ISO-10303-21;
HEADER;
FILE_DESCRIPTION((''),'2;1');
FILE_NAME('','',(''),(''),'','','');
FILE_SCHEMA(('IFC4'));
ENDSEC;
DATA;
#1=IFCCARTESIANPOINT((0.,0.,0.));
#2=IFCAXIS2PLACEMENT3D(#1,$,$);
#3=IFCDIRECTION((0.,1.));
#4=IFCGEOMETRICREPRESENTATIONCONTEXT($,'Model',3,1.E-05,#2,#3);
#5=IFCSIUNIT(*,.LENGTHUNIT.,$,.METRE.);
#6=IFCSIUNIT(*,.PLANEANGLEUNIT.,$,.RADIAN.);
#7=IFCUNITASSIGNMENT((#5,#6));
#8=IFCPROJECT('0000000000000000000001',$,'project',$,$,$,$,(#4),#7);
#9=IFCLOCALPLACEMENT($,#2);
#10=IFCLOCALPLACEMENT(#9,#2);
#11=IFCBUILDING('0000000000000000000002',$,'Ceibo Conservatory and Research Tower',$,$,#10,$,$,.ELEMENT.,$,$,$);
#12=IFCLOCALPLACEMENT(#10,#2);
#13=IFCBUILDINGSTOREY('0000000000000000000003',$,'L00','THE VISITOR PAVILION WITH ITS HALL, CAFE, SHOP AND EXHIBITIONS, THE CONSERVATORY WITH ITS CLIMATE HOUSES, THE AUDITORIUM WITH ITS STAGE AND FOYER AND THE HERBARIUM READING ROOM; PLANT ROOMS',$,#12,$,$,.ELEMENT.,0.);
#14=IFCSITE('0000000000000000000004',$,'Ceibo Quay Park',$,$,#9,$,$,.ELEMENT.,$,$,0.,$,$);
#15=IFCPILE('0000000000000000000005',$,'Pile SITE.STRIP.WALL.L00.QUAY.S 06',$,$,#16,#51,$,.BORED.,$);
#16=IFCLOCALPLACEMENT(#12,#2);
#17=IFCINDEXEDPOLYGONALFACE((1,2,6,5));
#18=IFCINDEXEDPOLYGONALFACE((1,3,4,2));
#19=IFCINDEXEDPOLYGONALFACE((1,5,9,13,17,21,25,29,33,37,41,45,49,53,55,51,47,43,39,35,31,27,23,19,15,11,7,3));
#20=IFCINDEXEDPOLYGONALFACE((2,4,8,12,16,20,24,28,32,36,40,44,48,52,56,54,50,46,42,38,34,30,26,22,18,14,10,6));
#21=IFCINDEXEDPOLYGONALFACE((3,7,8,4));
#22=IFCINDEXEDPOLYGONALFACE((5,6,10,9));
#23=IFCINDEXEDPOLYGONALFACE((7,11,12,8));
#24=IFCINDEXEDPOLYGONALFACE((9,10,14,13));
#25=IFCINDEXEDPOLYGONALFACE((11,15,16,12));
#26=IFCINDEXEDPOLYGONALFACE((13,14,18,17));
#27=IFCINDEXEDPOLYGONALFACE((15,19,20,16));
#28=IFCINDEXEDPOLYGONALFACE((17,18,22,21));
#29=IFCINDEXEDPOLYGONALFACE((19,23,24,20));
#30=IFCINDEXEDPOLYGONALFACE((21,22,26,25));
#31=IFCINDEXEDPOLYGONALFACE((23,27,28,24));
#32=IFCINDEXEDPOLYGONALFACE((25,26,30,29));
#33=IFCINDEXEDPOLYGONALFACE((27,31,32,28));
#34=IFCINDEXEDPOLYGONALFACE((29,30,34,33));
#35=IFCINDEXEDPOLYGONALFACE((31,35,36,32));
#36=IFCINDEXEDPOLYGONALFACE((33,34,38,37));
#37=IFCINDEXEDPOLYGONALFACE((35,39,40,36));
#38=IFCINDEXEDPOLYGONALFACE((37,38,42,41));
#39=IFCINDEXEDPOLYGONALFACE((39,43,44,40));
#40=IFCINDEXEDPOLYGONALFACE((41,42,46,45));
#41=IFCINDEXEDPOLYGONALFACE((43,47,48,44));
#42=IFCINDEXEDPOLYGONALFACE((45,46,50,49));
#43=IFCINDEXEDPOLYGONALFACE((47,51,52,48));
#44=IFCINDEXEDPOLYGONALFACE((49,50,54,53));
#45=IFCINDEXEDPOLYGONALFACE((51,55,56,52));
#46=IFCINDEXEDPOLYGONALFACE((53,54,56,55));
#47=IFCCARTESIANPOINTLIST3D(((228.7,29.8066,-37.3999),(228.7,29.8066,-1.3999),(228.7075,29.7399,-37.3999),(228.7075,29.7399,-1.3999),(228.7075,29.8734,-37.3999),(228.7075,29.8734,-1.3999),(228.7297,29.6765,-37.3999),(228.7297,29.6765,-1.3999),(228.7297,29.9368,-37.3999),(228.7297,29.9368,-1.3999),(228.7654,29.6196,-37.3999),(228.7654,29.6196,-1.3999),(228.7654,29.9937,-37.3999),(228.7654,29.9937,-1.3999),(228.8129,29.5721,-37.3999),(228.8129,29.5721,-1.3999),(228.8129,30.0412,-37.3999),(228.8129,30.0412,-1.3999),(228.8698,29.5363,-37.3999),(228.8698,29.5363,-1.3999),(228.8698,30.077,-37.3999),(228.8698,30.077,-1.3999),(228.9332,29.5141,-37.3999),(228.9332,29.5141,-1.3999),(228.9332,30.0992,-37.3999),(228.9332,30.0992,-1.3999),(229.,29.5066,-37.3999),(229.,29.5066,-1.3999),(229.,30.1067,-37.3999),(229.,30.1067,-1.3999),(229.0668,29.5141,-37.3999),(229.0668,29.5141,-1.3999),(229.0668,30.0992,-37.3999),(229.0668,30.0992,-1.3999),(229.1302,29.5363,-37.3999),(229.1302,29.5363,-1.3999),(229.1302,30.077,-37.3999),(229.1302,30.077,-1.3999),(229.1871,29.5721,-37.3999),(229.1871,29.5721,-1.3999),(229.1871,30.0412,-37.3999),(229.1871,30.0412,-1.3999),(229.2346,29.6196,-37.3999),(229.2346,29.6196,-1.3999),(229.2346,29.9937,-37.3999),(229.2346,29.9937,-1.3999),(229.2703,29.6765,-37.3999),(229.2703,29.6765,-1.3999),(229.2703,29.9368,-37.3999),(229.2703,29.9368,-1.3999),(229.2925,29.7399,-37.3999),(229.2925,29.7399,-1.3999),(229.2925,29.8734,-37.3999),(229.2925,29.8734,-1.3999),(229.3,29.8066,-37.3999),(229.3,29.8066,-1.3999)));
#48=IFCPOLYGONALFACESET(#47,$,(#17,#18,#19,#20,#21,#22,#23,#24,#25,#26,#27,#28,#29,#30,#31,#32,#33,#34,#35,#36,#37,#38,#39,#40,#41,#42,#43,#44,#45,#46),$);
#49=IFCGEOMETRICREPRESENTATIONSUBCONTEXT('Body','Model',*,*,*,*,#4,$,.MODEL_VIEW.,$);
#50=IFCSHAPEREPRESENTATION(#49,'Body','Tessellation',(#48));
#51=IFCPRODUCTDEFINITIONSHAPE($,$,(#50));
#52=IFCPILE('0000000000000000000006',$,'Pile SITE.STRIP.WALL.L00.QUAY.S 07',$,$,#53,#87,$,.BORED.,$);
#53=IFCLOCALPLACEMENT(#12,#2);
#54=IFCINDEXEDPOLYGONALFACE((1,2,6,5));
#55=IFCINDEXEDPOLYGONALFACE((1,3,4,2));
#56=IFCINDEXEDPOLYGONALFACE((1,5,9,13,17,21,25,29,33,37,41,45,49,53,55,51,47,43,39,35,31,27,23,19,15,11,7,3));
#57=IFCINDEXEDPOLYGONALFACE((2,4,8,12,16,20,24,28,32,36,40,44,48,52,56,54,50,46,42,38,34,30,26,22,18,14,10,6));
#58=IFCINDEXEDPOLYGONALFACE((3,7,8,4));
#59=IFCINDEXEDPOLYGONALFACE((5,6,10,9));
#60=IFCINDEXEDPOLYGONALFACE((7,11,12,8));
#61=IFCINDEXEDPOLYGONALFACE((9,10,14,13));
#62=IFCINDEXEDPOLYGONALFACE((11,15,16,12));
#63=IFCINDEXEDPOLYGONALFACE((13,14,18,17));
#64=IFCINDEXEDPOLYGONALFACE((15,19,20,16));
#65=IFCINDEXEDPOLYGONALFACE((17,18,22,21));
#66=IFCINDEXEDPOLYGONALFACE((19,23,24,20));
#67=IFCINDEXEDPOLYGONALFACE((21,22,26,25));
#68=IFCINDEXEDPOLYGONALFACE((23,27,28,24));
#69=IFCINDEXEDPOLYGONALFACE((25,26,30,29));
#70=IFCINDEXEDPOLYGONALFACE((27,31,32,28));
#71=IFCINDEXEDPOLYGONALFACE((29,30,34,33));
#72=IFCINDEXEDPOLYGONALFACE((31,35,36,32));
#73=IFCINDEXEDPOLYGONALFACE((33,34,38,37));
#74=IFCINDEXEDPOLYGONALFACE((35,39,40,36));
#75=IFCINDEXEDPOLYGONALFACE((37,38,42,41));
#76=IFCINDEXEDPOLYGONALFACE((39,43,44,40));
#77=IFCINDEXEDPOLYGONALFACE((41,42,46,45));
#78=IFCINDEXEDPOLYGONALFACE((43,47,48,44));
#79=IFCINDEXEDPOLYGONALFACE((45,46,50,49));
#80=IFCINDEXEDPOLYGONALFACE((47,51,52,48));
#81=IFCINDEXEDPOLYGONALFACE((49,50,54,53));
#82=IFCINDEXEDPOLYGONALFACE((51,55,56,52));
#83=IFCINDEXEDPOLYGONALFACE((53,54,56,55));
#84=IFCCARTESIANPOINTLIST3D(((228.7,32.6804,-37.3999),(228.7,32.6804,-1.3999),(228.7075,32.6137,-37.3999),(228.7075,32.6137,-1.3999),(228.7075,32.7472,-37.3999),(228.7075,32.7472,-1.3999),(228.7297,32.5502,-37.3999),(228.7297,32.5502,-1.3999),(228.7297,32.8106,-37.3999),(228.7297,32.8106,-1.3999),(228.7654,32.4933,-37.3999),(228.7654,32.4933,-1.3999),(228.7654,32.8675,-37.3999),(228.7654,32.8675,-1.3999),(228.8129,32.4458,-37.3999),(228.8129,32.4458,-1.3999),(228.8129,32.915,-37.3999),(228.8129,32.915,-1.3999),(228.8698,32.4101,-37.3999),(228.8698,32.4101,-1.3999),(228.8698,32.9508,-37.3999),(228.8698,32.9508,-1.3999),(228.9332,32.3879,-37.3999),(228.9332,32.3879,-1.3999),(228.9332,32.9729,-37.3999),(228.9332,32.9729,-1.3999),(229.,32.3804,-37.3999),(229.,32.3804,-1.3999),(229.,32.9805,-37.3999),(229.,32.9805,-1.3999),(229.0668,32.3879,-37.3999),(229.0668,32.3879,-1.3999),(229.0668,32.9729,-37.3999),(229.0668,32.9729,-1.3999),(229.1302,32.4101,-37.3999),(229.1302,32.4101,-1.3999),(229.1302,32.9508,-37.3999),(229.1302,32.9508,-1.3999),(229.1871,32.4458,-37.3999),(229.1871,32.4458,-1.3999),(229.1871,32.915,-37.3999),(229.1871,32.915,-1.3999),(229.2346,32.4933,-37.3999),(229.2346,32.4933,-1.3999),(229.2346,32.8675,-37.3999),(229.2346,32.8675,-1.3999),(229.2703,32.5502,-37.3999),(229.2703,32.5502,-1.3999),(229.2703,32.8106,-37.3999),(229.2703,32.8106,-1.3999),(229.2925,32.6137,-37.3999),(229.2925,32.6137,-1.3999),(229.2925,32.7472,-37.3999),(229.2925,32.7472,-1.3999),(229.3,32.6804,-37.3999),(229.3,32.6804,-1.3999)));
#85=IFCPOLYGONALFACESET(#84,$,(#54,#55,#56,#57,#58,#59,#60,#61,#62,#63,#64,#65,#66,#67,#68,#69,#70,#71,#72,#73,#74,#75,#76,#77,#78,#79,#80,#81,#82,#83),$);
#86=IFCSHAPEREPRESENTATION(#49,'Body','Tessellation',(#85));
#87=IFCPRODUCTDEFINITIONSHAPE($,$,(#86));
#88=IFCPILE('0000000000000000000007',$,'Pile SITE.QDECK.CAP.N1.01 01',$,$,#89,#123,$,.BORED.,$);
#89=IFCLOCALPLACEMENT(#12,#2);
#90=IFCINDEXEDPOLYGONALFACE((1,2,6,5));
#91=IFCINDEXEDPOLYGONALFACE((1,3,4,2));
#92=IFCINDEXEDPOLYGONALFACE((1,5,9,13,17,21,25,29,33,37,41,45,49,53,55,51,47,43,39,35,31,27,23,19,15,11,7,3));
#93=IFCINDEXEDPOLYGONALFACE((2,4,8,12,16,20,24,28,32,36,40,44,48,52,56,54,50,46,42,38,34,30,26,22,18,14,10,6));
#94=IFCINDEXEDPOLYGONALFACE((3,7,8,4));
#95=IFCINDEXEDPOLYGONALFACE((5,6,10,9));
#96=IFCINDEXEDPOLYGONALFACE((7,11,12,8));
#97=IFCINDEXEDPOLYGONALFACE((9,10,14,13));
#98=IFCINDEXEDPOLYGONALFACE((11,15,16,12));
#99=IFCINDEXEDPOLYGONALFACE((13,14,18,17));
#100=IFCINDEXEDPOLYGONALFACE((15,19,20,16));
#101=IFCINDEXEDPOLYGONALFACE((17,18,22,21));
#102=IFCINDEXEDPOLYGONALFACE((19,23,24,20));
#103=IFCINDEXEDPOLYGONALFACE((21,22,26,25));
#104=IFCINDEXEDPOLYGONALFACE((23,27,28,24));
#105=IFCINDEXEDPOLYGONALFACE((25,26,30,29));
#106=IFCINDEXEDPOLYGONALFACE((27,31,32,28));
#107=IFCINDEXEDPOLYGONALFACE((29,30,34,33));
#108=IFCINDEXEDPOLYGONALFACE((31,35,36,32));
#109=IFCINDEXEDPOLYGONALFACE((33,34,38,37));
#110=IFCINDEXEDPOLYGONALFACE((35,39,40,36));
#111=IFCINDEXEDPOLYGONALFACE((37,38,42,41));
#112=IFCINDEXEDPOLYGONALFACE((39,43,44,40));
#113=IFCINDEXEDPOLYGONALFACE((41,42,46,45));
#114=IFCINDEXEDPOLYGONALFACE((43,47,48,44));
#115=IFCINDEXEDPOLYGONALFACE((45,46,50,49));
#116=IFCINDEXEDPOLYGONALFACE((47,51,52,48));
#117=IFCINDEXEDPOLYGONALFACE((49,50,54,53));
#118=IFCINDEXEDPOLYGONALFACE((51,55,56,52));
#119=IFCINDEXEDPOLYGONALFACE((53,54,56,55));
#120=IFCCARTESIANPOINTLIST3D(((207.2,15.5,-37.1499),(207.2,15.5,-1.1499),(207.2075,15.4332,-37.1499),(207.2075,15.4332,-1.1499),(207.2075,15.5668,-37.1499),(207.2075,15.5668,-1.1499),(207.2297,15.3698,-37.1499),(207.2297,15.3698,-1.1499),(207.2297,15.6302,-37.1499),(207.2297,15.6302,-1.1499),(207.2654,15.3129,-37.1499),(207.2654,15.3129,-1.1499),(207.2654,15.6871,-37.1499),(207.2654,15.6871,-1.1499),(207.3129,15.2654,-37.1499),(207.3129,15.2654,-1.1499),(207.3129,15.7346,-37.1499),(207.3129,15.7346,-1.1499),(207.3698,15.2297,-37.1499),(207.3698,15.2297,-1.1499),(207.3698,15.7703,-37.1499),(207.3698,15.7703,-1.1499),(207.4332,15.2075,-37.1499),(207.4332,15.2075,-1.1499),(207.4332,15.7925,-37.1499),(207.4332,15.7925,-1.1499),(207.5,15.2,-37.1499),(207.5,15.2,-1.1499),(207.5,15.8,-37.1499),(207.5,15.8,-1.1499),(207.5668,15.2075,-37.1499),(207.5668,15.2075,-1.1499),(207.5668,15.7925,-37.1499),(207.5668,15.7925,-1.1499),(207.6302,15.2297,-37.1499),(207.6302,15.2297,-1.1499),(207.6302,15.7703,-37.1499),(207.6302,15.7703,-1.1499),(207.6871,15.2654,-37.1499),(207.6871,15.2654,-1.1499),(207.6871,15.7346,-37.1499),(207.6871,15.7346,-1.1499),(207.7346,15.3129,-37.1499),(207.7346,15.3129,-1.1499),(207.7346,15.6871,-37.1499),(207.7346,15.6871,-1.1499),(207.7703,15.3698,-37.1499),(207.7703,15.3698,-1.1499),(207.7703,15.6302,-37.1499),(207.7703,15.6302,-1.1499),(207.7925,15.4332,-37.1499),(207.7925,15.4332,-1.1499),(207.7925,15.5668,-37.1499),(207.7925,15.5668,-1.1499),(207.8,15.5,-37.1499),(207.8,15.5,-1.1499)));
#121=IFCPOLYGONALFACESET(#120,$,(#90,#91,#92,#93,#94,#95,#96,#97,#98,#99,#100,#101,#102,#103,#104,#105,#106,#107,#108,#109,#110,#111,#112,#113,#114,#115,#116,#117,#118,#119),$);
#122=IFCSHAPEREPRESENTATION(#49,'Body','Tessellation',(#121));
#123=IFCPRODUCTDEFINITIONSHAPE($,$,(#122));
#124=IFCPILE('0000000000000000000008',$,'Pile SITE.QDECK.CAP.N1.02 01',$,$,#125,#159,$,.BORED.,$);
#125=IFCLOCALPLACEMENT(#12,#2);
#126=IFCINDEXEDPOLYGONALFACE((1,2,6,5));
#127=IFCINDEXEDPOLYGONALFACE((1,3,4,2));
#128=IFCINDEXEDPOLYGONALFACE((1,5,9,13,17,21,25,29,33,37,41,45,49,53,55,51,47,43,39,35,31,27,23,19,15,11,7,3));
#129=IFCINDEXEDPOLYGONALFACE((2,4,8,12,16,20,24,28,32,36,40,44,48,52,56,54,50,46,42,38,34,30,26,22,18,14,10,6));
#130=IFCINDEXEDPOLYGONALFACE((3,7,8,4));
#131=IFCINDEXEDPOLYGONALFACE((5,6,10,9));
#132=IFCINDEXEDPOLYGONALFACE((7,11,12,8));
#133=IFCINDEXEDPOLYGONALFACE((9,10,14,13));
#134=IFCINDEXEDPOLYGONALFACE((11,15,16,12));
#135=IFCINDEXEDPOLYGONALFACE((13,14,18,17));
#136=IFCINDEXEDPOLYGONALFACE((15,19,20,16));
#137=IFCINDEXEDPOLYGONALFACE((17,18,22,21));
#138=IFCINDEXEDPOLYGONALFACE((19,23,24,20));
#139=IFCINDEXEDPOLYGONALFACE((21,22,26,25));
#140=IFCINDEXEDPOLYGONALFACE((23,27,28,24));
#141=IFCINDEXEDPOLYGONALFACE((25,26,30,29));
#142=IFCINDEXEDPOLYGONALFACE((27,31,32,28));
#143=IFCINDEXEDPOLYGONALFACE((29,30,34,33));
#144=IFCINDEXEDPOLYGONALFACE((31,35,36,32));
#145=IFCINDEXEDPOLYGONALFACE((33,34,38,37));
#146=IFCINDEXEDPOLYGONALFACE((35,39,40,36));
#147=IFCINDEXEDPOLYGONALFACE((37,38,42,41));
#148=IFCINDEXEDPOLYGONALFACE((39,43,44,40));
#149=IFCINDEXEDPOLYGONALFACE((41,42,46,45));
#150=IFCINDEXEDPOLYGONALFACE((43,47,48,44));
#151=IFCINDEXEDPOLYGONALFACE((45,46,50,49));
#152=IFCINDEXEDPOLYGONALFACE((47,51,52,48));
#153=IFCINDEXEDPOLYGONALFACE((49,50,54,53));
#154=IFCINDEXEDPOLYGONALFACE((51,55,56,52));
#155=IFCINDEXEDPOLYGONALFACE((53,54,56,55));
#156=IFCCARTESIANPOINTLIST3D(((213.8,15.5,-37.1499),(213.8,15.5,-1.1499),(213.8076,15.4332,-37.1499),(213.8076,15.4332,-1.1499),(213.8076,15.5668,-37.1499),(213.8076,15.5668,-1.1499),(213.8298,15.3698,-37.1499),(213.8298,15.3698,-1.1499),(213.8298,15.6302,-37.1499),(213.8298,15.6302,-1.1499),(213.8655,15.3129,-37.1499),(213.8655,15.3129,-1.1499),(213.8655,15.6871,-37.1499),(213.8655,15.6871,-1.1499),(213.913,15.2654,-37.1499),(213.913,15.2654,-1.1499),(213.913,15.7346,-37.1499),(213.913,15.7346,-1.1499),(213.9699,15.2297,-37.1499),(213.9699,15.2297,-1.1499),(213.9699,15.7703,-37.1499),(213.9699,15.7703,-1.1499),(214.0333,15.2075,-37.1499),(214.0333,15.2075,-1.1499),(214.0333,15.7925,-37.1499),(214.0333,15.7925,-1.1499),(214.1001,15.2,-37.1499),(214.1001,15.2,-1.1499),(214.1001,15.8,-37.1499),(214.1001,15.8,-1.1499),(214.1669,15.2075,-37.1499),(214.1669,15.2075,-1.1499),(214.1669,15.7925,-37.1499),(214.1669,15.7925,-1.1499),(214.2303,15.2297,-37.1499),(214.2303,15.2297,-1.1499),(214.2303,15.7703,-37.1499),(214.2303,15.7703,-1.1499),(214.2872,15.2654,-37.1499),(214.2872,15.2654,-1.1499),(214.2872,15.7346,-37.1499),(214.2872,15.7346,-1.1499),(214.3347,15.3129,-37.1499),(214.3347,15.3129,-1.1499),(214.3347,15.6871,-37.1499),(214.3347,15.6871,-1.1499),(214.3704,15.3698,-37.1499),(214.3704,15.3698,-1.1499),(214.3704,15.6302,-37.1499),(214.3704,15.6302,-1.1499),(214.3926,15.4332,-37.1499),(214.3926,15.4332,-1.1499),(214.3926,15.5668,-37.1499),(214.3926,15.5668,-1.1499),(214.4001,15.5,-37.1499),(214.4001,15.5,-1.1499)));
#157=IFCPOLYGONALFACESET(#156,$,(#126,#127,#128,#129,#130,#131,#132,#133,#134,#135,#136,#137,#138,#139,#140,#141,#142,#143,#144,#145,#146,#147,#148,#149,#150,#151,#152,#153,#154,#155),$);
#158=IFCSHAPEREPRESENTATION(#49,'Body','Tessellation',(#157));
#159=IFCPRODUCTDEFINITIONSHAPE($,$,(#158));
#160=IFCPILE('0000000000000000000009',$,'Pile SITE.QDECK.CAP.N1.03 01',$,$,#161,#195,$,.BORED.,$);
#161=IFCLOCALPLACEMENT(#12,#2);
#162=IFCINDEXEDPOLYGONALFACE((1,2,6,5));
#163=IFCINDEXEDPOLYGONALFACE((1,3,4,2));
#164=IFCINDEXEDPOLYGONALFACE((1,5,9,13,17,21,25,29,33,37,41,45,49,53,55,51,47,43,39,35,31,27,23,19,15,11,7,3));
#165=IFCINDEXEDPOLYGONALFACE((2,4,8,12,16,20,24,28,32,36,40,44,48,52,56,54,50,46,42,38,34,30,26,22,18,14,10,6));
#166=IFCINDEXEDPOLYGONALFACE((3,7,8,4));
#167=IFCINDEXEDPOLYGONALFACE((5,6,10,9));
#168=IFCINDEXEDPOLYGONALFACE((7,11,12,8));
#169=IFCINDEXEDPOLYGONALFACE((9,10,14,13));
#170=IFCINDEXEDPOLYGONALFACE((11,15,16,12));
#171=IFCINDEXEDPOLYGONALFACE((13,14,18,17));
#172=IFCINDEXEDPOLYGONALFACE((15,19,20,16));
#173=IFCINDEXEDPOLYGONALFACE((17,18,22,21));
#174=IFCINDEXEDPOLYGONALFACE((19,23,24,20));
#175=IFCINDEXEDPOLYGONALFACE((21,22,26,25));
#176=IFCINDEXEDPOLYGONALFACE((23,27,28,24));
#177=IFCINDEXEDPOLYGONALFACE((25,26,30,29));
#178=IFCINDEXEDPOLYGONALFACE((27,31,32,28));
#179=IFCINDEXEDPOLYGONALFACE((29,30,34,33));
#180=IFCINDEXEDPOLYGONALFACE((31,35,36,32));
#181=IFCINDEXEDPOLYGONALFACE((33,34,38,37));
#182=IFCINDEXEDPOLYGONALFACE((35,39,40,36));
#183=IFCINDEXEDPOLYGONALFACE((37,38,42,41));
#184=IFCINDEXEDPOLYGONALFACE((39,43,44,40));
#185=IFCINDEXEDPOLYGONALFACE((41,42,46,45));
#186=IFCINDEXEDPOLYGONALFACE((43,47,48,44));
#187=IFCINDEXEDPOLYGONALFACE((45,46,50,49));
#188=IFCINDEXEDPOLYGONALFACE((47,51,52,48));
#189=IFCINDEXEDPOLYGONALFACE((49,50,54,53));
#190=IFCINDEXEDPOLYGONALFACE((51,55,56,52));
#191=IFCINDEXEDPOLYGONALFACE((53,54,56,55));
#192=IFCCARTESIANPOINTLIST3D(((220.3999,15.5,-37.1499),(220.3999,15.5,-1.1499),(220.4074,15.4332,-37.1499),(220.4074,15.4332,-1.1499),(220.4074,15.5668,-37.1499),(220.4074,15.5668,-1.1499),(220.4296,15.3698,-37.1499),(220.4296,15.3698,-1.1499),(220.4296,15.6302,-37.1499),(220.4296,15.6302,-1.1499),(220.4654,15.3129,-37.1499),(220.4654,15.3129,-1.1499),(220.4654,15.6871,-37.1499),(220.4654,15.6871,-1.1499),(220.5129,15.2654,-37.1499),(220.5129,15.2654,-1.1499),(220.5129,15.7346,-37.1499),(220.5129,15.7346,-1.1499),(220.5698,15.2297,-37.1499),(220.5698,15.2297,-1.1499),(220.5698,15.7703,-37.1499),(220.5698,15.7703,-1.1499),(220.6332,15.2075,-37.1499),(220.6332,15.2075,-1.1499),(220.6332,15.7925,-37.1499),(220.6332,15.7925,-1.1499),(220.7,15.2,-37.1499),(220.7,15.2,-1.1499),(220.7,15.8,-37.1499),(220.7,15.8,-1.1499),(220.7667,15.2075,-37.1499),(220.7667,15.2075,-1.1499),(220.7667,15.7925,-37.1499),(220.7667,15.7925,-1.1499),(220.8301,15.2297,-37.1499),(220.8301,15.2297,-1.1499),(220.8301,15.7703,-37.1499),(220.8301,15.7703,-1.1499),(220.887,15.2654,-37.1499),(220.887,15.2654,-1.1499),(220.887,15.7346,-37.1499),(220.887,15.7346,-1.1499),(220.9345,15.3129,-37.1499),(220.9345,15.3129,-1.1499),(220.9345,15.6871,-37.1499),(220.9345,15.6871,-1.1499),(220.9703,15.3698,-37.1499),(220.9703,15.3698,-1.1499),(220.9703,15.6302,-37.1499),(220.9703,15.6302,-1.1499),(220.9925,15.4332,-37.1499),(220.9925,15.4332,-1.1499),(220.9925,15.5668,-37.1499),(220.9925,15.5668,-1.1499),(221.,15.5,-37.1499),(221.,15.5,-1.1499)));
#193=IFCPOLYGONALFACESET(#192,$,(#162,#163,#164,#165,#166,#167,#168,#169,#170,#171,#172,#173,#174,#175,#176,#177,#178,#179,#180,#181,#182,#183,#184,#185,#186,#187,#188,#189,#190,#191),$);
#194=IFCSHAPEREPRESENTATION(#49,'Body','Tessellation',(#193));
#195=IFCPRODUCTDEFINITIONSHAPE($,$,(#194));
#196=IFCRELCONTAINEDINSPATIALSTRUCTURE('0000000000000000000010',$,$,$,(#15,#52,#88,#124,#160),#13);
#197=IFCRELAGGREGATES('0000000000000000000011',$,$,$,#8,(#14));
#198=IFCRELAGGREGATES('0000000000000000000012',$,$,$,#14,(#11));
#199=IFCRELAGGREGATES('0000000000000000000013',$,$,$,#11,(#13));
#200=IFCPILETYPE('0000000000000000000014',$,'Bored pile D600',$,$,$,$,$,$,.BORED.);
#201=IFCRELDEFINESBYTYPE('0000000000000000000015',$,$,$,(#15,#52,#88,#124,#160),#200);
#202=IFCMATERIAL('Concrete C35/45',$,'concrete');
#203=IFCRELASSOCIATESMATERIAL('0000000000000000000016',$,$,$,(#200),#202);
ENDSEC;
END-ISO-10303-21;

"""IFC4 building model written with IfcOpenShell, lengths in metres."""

from ifc_helpers import new_model, si_unit, direction, frame, origin, origin_2d, place, context, subcontext, project, spatial, circle, extrude, material, material_profile, profile_set, type_object, element, save


model = new_model("IFC4")

# Units and contexts
model_context = context("Model", 3, precision=1e-05, world=origin(), true_north=direction((0.0, 1.0)))
body_context = subcontext(model_context, "Body", "Model", "MODEL_VIEW")
ifc_project = project(units=[si_unit("LENGTHUNIT", "METRE"), si_unit("PLANEANGLEUNIT", "RADIAN")], contexts=[model_context])

# Site, building, storey
site_placement = place(None, origin())
site = spatial("IfcSite", under=ifc_project, at=site_placement, Name="Ceibo Quay Park", CompositionType="ELEMENT", RefElevation=0.0)
building_placement = place(site_placement, origin())
building = spatial("IfcBuilding", under=site, at=building_placement, Name="Ceibo Conservatory and Research Tower", CompositionType="ELEMENT")
storey_placement = place(building_placement, origin())
storey = spatial("IfcBuildingStorey", under=building, at=storey_placement, Name="L00", Description="THE VISITOR PAVILION WITH ITS HALL, CAFE, SHOP AND EXHIBITIONS, THE CONSERVATORY WITH ITS CLIMATE HOUSES, THE AUDITORIUM WITH ITS STAGE AND FOYER AND THE HERBARIUM READING ROOM; PLANT ROOMS", CompositionType="ELEMENT", Elevation=0.0)

# Piles
ifc_material_1 = material(Name="Concrete C35/45", Category="concrete")
ifc_material_profile_1 = material_profile(ifc_material_1, circle(Radius=0.3, at=origin_2d()), Name="RC D600")
ifc_profile_set_1 = profile_set([ifc_material_profile_1], Name="Concrete C35/45")
pile_type = type_object("IfcPileType", Name="Bored pile D600", PredefinedType="BORED", material=ifc_profile_set_1)
for number, where, z_axis, x_axis, name in (
    (1, (229.0, 29.8066, -1.3999), (0.0, 0.0, -1.0), (1.0, 0.0, 0.0), "Pile SITE.STRIP.WALL.L00.QUAY.S 06"),
    (2, (229.0, 32.6804, -1.3999), (0.0, 0.0, -1.0), (1.0, 0.0, 0.0), "Pile SITE.STRIP.WALL.L00.QUAY.S 07"),
    (3, (207.5, 15.5, -1.1499), (0.0, 0.0, -1.0), (1.0, 0.0, 0.0), "Pile SITE.QDECK.CAP.N1.01 01"),
    (4, (214.1001, 15.5, -1.1499), (0.0, 0.0, -1.0), (1.0, 0.0, 0.0), "Pile SITE.QDECK.CAP.N1.02 01"),
    (5, (220.7, 15.5, -1.1499), (0.0, 0.0, -1.0), (1.0, 0.0, 0.0), "Pile SITE.QDECK.CAP.N1.03 01"),
):
    element("IfcPile", number, at=place(storey_placement, frame(where, z_axis=z_axis, x_axis=x_axis)), inside=storey, type_object=pile_type, Name=name, PredefinedType="BORED", context=body_context, shape_type="SweptSolid", body=[
        extrude(circle(Radius=0.3, at=origin_2d()), origin(), (0.0, 0.0, 1.0), 36.0),
    ])

save(model, "model.ifc")
